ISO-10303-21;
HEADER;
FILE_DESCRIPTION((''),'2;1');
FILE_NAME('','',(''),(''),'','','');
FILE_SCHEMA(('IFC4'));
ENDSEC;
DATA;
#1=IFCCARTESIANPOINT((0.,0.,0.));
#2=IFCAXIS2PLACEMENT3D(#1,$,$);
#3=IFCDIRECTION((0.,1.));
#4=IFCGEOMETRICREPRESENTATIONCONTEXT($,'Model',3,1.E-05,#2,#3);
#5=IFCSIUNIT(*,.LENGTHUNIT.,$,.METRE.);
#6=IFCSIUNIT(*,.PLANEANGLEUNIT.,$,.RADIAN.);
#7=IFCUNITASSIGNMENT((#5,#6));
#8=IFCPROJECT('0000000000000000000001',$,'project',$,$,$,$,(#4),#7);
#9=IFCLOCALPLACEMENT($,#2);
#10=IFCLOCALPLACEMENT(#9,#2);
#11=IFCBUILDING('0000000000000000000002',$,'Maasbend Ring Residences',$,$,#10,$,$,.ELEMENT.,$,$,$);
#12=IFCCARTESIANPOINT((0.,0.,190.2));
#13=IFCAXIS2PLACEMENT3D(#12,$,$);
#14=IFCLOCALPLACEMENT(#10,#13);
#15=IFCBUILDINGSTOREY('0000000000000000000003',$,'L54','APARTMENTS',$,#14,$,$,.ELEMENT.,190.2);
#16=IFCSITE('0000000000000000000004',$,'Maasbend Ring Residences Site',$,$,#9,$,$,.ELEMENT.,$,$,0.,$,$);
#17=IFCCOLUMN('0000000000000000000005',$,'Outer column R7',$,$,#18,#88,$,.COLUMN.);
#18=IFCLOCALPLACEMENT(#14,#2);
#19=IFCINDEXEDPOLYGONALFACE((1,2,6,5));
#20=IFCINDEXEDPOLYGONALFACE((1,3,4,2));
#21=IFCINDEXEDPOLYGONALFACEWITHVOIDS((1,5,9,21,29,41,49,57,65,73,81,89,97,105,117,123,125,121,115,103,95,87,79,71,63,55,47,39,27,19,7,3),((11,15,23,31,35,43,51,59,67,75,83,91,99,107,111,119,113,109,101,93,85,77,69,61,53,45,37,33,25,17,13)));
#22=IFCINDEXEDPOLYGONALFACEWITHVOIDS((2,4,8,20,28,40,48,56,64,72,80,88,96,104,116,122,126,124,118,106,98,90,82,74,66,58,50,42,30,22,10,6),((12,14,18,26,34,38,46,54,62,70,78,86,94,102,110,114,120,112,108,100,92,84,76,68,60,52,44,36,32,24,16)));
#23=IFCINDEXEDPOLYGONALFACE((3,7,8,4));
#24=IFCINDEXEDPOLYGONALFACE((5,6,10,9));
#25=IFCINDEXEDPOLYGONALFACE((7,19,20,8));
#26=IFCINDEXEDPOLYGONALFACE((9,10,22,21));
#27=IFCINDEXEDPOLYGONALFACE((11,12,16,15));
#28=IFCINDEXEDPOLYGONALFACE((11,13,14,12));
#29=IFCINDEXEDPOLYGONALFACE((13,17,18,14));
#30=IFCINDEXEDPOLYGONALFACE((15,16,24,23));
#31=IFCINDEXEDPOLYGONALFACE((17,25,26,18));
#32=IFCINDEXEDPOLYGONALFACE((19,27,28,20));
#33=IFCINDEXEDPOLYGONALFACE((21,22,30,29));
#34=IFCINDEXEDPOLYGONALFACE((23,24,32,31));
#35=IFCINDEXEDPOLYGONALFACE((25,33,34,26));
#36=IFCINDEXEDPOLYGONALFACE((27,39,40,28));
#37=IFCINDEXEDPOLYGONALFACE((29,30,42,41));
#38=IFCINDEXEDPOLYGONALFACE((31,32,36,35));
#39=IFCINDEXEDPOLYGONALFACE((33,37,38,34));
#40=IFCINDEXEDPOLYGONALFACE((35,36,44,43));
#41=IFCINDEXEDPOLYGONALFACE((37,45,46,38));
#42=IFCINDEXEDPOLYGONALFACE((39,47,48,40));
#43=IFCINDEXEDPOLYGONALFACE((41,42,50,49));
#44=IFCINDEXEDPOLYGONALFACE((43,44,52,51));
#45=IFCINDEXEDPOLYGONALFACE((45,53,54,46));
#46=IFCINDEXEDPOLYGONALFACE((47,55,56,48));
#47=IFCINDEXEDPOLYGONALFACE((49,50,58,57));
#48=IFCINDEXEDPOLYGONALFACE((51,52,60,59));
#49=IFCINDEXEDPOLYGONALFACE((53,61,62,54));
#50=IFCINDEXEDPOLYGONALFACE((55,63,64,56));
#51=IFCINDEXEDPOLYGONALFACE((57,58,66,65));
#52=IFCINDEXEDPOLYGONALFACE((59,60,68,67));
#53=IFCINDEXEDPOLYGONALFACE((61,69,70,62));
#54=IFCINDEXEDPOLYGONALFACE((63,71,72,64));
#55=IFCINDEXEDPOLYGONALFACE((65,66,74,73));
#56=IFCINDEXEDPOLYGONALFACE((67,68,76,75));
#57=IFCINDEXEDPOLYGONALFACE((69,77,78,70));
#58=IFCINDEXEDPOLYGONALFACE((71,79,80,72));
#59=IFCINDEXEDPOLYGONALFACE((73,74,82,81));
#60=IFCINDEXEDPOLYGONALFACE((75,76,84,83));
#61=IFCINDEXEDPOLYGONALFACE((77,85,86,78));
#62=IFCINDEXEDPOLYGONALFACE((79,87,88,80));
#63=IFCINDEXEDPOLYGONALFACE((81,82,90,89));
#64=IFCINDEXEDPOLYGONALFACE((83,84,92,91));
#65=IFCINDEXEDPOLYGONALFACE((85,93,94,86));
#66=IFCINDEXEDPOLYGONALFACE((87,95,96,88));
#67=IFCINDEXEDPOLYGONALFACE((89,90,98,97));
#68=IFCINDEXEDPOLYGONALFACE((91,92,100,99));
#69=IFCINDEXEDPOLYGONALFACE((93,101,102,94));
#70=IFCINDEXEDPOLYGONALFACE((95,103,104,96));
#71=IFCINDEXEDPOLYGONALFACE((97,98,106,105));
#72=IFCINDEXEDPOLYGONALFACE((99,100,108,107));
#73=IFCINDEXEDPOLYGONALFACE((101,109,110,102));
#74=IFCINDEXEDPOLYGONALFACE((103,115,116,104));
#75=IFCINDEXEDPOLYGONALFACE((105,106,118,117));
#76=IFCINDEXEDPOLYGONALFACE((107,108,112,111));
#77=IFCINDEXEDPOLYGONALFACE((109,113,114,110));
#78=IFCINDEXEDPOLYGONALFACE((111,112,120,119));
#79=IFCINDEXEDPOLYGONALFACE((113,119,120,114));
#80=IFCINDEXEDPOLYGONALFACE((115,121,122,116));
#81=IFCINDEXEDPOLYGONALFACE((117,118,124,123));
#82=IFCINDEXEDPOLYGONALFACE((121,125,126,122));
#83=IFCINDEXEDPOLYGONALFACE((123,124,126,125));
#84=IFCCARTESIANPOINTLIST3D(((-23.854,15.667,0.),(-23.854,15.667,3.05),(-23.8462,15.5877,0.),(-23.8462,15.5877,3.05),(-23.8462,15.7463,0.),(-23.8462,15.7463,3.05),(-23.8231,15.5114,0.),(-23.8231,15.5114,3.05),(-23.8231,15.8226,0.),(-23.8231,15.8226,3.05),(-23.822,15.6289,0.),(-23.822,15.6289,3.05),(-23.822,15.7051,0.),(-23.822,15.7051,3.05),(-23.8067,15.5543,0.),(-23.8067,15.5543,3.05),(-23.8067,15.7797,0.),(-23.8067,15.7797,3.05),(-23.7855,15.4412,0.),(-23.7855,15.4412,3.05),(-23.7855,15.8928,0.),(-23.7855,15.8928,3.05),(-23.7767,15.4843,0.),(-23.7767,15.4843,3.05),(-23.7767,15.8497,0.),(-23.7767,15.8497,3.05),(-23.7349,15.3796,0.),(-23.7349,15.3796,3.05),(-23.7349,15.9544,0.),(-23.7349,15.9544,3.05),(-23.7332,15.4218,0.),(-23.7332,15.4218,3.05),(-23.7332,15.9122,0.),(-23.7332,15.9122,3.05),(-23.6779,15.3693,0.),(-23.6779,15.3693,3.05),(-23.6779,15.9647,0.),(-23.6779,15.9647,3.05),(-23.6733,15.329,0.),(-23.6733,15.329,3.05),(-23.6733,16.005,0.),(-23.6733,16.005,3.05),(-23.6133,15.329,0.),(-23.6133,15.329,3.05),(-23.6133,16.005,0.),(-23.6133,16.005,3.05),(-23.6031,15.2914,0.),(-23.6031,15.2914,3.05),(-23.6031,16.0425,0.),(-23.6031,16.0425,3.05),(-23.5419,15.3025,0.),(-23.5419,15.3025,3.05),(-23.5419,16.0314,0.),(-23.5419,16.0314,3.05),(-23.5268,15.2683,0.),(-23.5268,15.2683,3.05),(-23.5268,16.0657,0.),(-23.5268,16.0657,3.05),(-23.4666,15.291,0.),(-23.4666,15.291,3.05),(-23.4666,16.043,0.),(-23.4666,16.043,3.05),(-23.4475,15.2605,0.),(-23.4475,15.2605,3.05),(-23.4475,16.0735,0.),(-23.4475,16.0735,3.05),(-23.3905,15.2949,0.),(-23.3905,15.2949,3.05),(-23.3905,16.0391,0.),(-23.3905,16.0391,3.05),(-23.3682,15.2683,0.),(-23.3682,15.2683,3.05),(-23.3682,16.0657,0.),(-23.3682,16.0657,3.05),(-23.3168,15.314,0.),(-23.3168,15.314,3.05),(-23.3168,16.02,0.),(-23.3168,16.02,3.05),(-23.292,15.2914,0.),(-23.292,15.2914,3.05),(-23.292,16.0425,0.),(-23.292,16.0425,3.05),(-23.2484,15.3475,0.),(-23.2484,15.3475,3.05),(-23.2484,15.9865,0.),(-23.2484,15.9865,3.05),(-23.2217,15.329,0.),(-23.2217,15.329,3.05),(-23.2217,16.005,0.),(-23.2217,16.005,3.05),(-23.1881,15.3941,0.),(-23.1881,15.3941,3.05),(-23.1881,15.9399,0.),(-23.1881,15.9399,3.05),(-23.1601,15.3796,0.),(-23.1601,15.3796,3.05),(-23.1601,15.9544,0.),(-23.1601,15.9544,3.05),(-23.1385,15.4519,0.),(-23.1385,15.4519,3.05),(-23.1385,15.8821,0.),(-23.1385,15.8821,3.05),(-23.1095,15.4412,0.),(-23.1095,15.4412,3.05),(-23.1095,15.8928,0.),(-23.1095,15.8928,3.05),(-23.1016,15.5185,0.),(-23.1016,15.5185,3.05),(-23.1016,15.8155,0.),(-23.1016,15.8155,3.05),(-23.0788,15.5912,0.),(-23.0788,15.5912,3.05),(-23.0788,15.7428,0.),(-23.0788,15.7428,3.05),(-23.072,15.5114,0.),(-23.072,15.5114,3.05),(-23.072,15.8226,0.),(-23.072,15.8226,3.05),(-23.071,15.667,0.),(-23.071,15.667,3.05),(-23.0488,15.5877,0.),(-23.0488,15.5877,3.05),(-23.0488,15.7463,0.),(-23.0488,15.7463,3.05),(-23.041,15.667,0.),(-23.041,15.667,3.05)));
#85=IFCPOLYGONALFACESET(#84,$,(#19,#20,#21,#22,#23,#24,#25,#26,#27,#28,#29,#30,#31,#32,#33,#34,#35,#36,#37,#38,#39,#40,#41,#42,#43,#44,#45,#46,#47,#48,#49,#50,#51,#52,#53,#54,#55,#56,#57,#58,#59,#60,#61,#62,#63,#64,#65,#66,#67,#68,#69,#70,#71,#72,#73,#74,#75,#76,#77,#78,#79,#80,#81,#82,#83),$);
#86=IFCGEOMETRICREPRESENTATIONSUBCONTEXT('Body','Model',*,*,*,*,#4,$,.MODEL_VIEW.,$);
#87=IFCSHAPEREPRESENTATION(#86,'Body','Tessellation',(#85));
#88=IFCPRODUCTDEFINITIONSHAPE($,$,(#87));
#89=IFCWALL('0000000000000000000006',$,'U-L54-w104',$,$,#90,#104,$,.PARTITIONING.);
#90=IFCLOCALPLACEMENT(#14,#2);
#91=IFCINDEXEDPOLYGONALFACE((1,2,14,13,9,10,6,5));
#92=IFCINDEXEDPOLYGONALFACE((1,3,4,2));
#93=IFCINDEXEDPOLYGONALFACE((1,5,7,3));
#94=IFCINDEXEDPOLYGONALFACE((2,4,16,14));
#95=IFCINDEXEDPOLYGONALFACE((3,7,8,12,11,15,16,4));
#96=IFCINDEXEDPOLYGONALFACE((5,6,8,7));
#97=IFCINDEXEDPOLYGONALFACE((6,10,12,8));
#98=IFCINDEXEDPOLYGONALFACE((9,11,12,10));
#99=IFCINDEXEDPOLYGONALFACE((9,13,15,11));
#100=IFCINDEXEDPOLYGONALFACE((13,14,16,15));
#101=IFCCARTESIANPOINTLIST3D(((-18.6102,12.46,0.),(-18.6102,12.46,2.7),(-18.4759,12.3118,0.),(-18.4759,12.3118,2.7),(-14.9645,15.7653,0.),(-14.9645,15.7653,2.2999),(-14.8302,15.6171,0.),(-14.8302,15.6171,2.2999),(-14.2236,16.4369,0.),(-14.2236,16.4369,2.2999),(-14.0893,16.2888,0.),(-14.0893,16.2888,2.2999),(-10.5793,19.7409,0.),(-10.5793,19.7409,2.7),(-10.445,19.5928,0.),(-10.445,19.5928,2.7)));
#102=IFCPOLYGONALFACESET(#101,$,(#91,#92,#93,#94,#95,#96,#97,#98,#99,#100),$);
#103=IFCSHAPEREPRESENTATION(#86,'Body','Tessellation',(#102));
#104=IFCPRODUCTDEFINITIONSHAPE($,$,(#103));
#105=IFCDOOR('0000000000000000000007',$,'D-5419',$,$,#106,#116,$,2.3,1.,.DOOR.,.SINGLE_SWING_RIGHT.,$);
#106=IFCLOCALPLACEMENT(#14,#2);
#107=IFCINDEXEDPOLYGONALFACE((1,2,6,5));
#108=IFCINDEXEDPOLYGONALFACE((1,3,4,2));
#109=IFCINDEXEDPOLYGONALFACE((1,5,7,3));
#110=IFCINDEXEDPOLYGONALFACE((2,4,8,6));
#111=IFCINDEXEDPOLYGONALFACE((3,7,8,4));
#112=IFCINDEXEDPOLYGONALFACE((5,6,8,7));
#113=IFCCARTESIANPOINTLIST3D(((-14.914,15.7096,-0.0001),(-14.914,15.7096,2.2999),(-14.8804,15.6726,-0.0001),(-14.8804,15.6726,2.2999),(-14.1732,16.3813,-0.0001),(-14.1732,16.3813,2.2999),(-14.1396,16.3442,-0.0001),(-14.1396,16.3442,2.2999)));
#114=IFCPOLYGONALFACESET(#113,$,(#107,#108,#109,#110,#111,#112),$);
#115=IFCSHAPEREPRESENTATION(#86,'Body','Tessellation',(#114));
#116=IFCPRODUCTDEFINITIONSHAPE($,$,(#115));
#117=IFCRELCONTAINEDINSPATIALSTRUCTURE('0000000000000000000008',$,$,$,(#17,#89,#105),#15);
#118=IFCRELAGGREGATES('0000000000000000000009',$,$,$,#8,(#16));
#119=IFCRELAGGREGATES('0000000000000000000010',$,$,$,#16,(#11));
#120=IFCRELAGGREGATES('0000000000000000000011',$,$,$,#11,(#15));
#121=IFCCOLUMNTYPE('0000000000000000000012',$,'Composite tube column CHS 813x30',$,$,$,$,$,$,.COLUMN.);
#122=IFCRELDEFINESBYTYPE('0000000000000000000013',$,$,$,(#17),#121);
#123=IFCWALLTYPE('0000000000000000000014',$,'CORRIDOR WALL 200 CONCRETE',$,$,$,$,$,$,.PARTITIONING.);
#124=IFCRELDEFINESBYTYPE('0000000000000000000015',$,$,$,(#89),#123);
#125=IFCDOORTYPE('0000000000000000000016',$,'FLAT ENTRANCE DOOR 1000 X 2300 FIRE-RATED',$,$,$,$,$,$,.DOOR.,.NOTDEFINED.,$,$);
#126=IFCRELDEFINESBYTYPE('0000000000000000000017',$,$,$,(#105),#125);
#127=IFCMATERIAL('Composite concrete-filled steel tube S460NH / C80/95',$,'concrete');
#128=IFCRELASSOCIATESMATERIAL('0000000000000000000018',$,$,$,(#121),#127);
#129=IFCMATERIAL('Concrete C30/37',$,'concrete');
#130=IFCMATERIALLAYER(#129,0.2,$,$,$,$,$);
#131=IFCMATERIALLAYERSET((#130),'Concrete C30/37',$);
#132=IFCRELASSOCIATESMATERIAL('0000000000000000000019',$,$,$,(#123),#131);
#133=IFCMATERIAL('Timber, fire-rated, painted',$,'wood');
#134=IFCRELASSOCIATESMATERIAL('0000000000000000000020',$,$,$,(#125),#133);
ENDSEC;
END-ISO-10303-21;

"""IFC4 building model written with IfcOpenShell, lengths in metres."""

from ifc_helpers import new_model, si_unit, direction, frame, frame_2d, origin, origin_2d, place, context, subcontext, project, spatial, rectangle, hollow_circle, extrude, material, layer, layer_set, material_profile, profile_set, type_object, element, fill, save


model = new_model("IFC4")

# Units and contexts
model_context = context("Model", 3, precision=1e-05, world=origin(), true_north=direction((0.0, 1.0)))
body_context = subcontext(model_context, "Body", "Model", "MODEL_VIEW")
ifc_project = project(units=[si_unit("LENGTHUNIT", "METRE"), si_unit("PLANEANGLEUNIT", "RADIAN")], contexts=[model_context])

# Site, building, storey
site_placement = place(None, origin())
site = spatial("IfcSite", under=ifc_project, at=site_placement, Name="Maasbend Ring Residences Site", CompositionType="ELEMENT", RefElevation=0.0)
building_placement = place(site_placement, origin())
building = spatial("IfcBuilding", under=site, at=building_placement, Name="Maasbend Ring Residences", CompositionType="ELEMENT")
storey_placement = place(building_placement, frame((0.0, 0.0, 190.2)))
storey = spatial("IfcBuildingStorey", under=building, at=storey_placement, Name="L54", Description="APARTMENTS", CompositionType="ELEMENT", Elevation=190.2)

# Column
ifc_material_1 = material(Name="Composite concrete-filled steel tube S460NH / C80/95", Category="concrete")
ifc_material_profile = material_profile(ifc_material_1, hollow_circle(Radius=0.4065, WallThickness=0.03, at=origin_2d()), Name="Composite tube column CHS 813x30")
ifc_profile_set = profile_set([ifc_material_profile], Name="Composite concrete-filled steel tube S460NH / C80/95")
column_type = type_object("IfcColumnType", Name="Composite tube column CHS 813x30", PredefinedType="COLUMN", material=ifc_profile_set)
column_placement = place(storey_placement, frame((-23.4475, 15.667, 0.0), z_axis=(0.0, 0.0, 1.0), x_axis=(1.0, 0.0, 0.0)))
element("IfcColumn", 1, at=column_placement, inside=storey, type_object=column_type, Name="Outer column R7", PredefinedType="COLUMN", context=body_context, shape_type="SweptSolid", body=[
    extrude(hollow_circle(Radius=0.4065, WallThickness=0.03, at=origin_2d()), origin(), (0.0, 0.0, 1.0), 3.05),
])

# Wall, opening, door
ifc_material_2 = material(Name="Concrete C30/37", Category="concrete")
ifc_layer_1 = layer(ifc_material_2, 0.2)
ifc_layer_set_1 = layer_set([ifc_layer_1], Name="Concrete C30/37")
wall_type_1 = type_object("IfcWallType", Name="CORRIDOR WALL 200 CONCRETE", PredefinedType="PARTITIONING", material=ifc_layer_set_1)
wall_1_placement = place(storey_placement, frame((-18.543, 12.386, 0.0), z_axis=(0.0, 0.0, 1.0), x_axis=(0.740854, 0.671667, 0.0)))
wall_1 = element("IfcWall", 2, at=wall_1_placement, inside=storey, type_object=wall_type_1, Name="U-L54-w104", PredefinedType="PARTITIONING", context=body_context, shape_type="SweptSolid", body=[
    extrude(rectangle(XDim=10.8401, YDim=0.2, at=frame_2d((5.4199, 0.0))), origin(), (0.0, 0.0, 1.0), 2.7),
])
opening_1_placement = place(wall_1_placement, frame((4.9209, 0.0, 0.0)))
opening_1 = element("IfcOpeningElement", 3, at=opening_1_placement, cuts=wall_1, PredefinedType="OPENING", context=body_context, shape_type="SweptSolid", body=[
    extrude(rectangle(XDim=1.0, YDim=2.3, at=frame_2d((0.5, 1.1499))), frame((0.0, 0.1099, 0.0), z_axis=(0.0, -1.0, 0.0), x_axis=(1.0, 0.0, 0.0)), (0.0, 0.0, 1.0), 0.22),
])
ifc_material_3 = material(Name="Timber, fire-rated, painted", Category="wood")
door_type_1 = type_object("IfcDoorType", Name="FLAT ENTRANCE DOOR 1000 X 2300 FIRE-RATED", OperationType="NOTDEFINED", PredefinedType="DOOR", material=ifc_material_3)
door_1_placement = place(opening_1_placement, origin())
door_1 = element("IfcDoor", 4, at=door_1_placement, inside=storey, type_object=door_type_1, Name="D-5419", OperationType="SINGLE_SWING_RIGHT", OverallHeight=2.3, OverallWidth=1.0, PredefinedType="DOOR", context=body_context, shape_type="SweptSolid", body=[
    extrude(rectangle(XDim=1.0, YDim=2.3, at=frame_2d((0.5, 1.1499))), frame((0.0, 0.0249, 0.0), z_axis=(0.0, -1.0, 0.0), x_axis=(1.0, 0.0, 0.0)), (0.0, 0.0, 1.0), 0.05),
])
fill(opening_1, door_1)

save(model, "model.ifc")
